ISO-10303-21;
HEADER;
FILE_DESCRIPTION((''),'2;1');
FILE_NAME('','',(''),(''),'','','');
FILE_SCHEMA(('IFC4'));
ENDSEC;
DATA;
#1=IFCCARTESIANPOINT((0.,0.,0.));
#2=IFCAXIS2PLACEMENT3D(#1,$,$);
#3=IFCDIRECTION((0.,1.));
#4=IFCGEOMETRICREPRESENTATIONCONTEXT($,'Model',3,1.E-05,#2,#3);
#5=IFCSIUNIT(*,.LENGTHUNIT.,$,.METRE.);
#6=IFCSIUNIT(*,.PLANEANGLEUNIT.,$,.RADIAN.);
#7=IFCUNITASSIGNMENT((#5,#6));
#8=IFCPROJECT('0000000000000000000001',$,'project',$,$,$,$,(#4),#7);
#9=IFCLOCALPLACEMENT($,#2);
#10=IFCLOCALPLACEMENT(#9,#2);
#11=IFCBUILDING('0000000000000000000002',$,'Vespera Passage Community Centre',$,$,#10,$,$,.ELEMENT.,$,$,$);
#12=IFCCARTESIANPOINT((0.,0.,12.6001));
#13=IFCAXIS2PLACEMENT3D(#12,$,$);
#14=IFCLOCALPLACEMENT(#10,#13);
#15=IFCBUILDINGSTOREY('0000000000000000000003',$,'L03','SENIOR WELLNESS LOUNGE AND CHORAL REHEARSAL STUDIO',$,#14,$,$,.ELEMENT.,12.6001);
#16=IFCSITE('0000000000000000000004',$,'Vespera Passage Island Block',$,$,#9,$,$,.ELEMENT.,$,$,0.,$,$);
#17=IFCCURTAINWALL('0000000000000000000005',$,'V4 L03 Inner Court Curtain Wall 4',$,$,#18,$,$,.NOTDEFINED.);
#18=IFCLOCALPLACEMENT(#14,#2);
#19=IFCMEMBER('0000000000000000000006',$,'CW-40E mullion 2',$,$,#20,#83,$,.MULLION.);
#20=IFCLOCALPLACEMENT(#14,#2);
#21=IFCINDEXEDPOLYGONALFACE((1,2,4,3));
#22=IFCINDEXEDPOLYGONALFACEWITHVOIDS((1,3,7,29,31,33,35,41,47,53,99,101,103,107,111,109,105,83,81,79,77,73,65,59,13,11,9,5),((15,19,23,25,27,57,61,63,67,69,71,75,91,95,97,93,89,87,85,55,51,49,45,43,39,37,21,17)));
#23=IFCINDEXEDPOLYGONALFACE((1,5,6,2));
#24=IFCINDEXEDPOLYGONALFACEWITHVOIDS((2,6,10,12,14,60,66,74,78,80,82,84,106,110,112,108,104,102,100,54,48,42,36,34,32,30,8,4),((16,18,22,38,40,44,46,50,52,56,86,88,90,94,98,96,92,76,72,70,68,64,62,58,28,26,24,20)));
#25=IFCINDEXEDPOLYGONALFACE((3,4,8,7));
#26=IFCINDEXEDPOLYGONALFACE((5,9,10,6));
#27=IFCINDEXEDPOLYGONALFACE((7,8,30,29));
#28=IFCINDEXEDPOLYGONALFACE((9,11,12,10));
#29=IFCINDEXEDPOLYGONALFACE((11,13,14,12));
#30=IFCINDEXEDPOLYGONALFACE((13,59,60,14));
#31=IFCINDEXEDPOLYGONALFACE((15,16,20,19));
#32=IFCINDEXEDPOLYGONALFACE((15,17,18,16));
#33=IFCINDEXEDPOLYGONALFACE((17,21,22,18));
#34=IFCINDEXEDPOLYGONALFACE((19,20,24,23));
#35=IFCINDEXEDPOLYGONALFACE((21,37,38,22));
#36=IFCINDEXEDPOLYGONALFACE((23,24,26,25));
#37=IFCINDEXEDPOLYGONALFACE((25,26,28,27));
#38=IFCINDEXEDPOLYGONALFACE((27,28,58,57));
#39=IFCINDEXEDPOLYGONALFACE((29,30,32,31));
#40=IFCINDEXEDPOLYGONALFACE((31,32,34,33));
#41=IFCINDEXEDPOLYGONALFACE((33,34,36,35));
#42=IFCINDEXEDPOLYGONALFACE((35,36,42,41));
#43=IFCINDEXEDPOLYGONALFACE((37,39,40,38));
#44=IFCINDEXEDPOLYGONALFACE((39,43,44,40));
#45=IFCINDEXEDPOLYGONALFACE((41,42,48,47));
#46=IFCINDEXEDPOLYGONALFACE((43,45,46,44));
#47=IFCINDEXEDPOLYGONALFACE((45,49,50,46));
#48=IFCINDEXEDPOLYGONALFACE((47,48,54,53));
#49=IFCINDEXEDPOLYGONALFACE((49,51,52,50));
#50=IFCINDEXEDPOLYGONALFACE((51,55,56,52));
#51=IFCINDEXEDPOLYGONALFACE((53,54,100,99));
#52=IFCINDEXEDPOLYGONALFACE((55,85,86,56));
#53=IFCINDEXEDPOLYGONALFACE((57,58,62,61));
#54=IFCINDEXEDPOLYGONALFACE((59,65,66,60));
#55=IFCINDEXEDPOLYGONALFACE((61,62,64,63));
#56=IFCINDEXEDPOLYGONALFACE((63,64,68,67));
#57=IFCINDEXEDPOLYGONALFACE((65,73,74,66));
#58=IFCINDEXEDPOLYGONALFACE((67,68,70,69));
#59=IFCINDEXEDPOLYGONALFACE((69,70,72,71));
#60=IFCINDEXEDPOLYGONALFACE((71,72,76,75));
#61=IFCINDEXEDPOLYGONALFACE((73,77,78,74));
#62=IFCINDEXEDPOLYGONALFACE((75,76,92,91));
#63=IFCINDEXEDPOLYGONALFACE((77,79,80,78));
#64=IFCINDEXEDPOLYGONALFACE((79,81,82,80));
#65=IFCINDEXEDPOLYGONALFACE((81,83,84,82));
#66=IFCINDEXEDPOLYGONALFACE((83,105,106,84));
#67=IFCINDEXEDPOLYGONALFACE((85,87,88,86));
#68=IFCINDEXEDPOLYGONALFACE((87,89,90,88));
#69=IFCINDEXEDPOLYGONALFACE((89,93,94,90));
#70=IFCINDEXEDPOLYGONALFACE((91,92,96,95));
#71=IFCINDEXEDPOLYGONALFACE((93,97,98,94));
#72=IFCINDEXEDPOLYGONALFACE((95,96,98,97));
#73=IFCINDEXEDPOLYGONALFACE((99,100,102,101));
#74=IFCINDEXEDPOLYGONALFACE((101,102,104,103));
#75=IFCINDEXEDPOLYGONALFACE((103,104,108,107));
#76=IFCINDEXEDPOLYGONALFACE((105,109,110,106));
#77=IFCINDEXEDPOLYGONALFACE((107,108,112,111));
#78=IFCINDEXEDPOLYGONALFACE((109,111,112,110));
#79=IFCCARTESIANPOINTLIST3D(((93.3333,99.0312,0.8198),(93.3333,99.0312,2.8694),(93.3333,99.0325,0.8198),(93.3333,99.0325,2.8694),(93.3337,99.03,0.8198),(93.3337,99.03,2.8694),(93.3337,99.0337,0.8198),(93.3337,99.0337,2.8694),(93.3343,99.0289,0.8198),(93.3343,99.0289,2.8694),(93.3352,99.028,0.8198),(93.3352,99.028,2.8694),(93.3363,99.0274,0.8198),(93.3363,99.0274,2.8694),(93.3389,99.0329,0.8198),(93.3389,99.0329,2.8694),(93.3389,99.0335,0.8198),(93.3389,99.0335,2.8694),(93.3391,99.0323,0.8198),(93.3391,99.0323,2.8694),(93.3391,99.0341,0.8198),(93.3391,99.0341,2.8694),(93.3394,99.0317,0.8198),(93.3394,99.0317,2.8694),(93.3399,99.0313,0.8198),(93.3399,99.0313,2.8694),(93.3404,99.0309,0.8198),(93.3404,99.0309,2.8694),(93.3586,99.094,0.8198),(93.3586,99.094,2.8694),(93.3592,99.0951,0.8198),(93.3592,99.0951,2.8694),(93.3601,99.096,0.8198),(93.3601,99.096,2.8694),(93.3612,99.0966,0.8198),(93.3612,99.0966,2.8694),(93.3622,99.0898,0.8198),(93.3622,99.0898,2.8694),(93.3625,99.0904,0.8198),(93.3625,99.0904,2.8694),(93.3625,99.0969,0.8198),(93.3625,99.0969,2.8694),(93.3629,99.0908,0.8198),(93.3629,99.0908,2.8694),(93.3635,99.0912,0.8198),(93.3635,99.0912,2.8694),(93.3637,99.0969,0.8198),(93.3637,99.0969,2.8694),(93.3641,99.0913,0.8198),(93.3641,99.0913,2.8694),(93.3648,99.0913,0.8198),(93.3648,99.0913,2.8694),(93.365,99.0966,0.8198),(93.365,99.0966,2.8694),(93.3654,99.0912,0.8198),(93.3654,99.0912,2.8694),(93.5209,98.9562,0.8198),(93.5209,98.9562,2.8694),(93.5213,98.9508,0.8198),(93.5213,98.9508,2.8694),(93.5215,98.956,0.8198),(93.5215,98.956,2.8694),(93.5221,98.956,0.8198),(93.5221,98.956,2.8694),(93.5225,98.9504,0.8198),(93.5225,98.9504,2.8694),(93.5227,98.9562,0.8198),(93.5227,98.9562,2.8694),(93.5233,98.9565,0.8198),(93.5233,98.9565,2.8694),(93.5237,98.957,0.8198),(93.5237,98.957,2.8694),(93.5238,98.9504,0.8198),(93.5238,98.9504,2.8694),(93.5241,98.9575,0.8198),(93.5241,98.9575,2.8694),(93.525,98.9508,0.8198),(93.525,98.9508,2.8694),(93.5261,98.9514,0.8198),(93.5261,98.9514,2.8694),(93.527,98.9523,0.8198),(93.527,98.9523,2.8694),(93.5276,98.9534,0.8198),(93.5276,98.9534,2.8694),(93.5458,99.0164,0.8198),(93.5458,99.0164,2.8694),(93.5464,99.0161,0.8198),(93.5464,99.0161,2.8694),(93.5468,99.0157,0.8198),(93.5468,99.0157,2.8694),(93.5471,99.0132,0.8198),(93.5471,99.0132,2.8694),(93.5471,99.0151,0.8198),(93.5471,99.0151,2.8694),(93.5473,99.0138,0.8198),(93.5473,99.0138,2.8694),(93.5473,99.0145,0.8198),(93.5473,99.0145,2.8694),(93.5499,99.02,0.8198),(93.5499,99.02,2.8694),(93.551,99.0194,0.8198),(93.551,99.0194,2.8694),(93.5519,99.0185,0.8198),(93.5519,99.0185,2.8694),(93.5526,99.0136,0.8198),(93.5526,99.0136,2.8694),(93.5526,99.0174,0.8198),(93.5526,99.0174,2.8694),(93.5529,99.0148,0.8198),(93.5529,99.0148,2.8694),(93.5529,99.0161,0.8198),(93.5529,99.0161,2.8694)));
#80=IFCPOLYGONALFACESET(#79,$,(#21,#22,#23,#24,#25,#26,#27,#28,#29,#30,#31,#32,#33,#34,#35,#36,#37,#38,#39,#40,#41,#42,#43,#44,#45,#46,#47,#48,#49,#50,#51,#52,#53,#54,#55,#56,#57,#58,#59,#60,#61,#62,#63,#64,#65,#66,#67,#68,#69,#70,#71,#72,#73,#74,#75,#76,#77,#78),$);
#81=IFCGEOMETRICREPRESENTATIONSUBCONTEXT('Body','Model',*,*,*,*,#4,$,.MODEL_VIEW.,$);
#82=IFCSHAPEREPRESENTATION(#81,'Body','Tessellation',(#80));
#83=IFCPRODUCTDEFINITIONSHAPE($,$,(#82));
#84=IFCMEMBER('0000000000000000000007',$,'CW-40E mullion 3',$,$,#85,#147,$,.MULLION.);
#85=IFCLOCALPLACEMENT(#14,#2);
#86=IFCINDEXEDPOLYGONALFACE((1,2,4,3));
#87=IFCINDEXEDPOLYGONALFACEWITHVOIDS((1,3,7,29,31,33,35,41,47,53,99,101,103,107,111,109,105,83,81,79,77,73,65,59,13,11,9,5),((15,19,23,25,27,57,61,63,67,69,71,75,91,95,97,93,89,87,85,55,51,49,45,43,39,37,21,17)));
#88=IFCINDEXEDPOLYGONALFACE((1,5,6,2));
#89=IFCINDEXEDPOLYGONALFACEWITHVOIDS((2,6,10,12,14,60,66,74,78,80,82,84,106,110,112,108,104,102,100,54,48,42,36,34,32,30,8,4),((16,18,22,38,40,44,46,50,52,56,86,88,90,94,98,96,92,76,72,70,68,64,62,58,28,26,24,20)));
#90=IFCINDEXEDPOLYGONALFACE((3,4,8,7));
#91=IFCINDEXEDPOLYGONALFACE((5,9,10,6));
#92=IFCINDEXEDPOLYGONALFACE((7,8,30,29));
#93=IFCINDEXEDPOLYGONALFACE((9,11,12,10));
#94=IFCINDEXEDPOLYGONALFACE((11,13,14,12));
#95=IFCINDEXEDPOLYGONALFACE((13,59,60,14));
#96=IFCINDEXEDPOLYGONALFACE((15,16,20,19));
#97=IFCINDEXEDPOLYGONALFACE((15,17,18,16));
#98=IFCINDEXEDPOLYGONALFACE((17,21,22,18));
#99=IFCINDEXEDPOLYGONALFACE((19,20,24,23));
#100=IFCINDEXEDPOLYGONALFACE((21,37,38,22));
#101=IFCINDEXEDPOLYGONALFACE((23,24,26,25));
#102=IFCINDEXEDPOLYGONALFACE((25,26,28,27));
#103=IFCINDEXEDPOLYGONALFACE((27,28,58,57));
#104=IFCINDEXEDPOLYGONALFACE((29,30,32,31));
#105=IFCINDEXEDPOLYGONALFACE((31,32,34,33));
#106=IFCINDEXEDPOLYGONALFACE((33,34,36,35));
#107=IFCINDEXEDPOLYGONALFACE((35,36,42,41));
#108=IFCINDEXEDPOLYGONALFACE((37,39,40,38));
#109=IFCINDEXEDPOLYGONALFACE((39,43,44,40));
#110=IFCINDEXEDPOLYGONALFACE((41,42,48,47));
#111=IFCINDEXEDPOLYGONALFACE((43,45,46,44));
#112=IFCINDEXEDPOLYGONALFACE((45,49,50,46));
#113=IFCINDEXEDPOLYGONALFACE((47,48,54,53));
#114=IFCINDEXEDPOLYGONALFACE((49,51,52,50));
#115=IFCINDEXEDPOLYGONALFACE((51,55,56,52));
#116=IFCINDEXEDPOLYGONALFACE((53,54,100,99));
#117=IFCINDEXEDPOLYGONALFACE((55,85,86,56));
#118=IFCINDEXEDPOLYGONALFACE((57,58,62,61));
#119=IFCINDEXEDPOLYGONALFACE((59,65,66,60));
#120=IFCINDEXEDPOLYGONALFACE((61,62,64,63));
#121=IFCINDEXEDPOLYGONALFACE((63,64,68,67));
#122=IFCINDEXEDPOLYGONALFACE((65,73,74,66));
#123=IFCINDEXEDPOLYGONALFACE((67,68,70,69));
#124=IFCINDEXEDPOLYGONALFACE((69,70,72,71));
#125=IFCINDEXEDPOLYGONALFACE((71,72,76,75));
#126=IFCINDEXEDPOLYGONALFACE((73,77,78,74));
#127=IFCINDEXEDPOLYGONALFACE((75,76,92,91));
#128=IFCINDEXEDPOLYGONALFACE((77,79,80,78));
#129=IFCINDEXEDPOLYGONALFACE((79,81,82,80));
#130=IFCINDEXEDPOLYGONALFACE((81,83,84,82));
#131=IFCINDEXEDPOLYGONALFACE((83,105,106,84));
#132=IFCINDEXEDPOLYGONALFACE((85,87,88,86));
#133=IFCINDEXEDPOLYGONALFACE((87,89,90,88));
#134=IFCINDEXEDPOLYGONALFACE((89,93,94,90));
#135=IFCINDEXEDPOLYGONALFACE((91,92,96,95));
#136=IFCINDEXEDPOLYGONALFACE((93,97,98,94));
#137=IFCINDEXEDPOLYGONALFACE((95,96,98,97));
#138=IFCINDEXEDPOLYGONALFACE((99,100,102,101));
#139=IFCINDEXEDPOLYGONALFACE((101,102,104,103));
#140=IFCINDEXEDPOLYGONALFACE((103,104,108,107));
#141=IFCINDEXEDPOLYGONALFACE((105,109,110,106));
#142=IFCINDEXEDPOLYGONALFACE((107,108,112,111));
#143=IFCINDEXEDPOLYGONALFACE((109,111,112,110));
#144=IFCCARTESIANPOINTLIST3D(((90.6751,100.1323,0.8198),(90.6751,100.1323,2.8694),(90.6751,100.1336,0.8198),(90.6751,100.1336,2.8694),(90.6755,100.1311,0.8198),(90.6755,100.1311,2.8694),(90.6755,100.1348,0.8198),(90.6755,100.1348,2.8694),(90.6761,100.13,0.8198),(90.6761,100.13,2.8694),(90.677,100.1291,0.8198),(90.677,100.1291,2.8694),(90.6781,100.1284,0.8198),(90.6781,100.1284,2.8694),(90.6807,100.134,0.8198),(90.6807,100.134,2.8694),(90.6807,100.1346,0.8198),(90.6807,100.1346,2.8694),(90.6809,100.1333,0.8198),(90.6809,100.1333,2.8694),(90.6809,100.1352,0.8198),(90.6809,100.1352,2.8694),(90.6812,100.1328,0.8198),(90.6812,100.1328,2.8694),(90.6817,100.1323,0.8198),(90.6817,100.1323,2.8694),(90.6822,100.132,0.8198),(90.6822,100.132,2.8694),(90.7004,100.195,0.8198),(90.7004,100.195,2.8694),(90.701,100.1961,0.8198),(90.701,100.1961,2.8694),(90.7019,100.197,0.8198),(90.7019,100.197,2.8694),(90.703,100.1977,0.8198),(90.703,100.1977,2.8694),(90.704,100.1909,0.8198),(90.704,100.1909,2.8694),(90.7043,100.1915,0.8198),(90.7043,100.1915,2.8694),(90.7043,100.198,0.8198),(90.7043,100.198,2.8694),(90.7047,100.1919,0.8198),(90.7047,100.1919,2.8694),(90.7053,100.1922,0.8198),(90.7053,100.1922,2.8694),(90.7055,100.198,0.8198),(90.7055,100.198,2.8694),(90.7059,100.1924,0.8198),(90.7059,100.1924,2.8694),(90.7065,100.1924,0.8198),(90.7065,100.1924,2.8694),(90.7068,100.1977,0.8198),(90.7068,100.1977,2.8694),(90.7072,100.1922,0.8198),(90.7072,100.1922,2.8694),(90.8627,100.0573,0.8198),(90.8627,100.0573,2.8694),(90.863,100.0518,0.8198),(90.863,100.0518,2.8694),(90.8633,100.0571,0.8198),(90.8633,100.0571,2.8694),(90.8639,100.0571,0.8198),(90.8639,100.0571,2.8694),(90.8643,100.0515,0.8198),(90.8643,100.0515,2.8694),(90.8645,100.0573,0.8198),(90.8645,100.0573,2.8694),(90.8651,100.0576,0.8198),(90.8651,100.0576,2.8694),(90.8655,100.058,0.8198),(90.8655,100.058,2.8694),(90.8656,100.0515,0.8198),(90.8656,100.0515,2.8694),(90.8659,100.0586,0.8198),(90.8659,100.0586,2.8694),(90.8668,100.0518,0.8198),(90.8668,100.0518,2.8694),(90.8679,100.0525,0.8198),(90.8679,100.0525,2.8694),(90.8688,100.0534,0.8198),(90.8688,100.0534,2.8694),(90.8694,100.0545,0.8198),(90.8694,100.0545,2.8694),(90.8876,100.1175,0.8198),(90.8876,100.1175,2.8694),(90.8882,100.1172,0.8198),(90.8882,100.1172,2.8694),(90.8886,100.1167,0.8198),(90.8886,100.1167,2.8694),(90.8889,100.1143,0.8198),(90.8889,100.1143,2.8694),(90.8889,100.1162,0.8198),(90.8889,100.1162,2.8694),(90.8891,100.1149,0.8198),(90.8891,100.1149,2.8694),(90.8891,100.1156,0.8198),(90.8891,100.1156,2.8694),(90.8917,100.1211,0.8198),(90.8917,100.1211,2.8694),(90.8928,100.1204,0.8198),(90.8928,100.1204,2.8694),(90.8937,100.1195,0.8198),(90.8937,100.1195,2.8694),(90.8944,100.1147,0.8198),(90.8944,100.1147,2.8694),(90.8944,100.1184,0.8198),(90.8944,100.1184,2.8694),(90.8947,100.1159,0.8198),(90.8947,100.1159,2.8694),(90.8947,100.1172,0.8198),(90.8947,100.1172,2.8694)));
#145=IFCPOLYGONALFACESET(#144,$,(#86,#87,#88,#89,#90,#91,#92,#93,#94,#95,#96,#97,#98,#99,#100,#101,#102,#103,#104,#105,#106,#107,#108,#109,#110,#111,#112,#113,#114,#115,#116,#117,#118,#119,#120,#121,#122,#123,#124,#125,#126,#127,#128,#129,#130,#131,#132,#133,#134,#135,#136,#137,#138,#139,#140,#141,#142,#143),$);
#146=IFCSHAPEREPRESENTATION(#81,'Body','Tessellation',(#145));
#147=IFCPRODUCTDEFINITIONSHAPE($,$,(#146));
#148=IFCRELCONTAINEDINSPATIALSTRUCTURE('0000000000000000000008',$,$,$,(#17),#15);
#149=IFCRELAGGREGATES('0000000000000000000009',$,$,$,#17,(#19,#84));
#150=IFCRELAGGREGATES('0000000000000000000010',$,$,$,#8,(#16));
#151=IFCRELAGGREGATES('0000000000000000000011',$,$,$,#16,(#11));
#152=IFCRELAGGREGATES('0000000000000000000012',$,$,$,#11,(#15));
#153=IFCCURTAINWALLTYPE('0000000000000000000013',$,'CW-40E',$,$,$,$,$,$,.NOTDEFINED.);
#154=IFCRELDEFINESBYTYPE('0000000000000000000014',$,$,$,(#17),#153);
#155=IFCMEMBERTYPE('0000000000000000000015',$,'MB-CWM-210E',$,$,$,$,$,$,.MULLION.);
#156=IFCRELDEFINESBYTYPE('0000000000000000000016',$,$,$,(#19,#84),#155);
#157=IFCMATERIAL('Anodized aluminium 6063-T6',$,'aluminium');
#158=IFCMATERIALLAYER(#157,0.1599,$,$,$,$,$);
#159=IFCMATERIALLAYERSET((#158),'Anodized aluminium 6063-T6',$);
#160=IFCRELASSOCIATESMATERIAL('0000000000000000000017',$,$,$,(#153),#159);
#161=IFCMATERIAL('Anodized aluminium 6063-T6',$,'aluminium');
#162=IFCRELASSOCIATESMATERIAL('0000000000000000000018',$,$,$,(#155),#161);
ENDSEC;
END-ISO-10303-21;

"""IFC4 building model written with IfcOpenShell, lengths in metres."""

from ifc_helpers import new_model, si_unit, direction, frame, origin, origin_2d, place, context, subcontext, project, spatial, hollow_rectangle, extrude, material, layer, layer_set, material_profile, profile_set, type_object, element, aggregate, save


model = new_model("IFC4")

# Units and contexts
model_context = context("Model", 3, precision=1e-05, world=origin(), true_north=direction((0.0, 1.0)))
body_context = subcontext(model_context, "Body", "Model", "MODEL_VIEW")
ifc_project = project(units=[si_unit("LENGTHUNIT", "METRE"), si_unit("PLANEANGLEUNIT", "RADIAN")], contexts=[model_context])

# Site, building, storey
site_placement = place(None, origin())
site = spatial("IfcSite", under=ifc_project, at=site_placement, Name="Vespera Passage Island Block", CompositionType="ELEMENT", RefElevation=0.0)
building_placement = place(site_placement, origin())
building = spatial("IfcBuilding", under=site, at=building_placement, Name="Vespera Passage Community Centre", CompositionType="ELEMENT")
storey_placement = place(building_placement, frame((0.0, 0.0, 12.6001)))
storey = spatial("IfcBuildingStorey", under=building, at=storey_placement, Name="L03", Description="SENIOR WELLNESS LOUNGE AND CHORAL REHEARSAL STUDIO", CompositionType="ELEMENT", Elevation=12.6001)

# Curtain wall, members
ifc_material_1 = material(Name="Anodized aluminium 6063-T6", Category="aluminium")
ifc_layer_1 = layer(ifc_material_1, 0.1599)
ifc_layer_set_1 = layer_set([ifc_layer_1], Name="Anodized aluminium 6063-T6")
curtain_wall_type = type_object("IfcCurtainWallType", Name="CW-40E", PredefinedType="NOTDEFINED", material=ifc_layer_set_1)
curtain_wall_placement = place(storey_placement, origin())
curtain_wall = element("IfcCurtainWall", 1, at=curtain_wall_placement, inside=storey, type_object=curtain_wall_type, Name="V4 L03 Inner Court Curtain Wall 4", PredefinedType="NOTDEFINED")
ifc_material_2 = material(Name="Anodized aluminium 6063-T6", Category="aluminium")
ifc_material_profile_1 = material_profile(ifc_material_2, hollow_rectangle(XDim=0.075, YDim=0.21, WallThickness=0.0049, InnerFilletRadius=0.0024, OuterFilletRadius=0.0049, at=origin_2d()), Name="ALU210X75X5")
ifc_profile_set_1 = profile_set([ifc_material_profile_1], Name="Anodized aluminium 6063-T6")
member_type_1 = type_object("IfcMemberType", Name="MB-CWM-210E", PredefinedType="MULLION", material=ifc_profile_set_1)
member_1_placement = place(storey_placement, frame((93.4431, 99.0237, 0.8198), z_axis=(0.0, 0.0, 1.0), x_axis=(-0.38269, -0.923877, 0.0)))
member_1 = element("IfcMember", 2, at=member_1_placement, type_object=member_type_1, Name="CW-40E mullion 2", PredefinedType="MULLION", context=body_context, shape_type="SweptSolid", body=[
    extrude(hollow_rectangle(XDim=0.075, YDim=0.21, WallThickness=0.0049, InnerFilletRadius=0.0024, OuterFilletRadius=0.0049, at=origin_2d()), origin(), (0.0, 0.0, 1.0), 2.0496),
])
member_2_placement = place(storey_placement, frame((90.7849, 100.1248, 0.8198), z_axis=(0.0, 0.0, 1.0), x_axis=(-0.38269, -0.923877, 0.0)))
member_2 = element("IfcMember", 3, at=member_2_placement, type_object=member_type_1, Name="CW-40E mullion 3", PredefinedType="MULLION", context=body_context, shape_type="SweptSolid", body=[
    extrude(hollow_rectangle(XDim=0.075, YDim=0.21, WallThickness=0.0049, InnerFilletRadius=0.0024, OuterFilletRadius=0.0049, at=origin_2d()), origin(), (0.0, 0.0, 1.0), 2.0496),
])
aggregate(curtain_wall, [member_1, member_2])

save(model, "model.ifc")
